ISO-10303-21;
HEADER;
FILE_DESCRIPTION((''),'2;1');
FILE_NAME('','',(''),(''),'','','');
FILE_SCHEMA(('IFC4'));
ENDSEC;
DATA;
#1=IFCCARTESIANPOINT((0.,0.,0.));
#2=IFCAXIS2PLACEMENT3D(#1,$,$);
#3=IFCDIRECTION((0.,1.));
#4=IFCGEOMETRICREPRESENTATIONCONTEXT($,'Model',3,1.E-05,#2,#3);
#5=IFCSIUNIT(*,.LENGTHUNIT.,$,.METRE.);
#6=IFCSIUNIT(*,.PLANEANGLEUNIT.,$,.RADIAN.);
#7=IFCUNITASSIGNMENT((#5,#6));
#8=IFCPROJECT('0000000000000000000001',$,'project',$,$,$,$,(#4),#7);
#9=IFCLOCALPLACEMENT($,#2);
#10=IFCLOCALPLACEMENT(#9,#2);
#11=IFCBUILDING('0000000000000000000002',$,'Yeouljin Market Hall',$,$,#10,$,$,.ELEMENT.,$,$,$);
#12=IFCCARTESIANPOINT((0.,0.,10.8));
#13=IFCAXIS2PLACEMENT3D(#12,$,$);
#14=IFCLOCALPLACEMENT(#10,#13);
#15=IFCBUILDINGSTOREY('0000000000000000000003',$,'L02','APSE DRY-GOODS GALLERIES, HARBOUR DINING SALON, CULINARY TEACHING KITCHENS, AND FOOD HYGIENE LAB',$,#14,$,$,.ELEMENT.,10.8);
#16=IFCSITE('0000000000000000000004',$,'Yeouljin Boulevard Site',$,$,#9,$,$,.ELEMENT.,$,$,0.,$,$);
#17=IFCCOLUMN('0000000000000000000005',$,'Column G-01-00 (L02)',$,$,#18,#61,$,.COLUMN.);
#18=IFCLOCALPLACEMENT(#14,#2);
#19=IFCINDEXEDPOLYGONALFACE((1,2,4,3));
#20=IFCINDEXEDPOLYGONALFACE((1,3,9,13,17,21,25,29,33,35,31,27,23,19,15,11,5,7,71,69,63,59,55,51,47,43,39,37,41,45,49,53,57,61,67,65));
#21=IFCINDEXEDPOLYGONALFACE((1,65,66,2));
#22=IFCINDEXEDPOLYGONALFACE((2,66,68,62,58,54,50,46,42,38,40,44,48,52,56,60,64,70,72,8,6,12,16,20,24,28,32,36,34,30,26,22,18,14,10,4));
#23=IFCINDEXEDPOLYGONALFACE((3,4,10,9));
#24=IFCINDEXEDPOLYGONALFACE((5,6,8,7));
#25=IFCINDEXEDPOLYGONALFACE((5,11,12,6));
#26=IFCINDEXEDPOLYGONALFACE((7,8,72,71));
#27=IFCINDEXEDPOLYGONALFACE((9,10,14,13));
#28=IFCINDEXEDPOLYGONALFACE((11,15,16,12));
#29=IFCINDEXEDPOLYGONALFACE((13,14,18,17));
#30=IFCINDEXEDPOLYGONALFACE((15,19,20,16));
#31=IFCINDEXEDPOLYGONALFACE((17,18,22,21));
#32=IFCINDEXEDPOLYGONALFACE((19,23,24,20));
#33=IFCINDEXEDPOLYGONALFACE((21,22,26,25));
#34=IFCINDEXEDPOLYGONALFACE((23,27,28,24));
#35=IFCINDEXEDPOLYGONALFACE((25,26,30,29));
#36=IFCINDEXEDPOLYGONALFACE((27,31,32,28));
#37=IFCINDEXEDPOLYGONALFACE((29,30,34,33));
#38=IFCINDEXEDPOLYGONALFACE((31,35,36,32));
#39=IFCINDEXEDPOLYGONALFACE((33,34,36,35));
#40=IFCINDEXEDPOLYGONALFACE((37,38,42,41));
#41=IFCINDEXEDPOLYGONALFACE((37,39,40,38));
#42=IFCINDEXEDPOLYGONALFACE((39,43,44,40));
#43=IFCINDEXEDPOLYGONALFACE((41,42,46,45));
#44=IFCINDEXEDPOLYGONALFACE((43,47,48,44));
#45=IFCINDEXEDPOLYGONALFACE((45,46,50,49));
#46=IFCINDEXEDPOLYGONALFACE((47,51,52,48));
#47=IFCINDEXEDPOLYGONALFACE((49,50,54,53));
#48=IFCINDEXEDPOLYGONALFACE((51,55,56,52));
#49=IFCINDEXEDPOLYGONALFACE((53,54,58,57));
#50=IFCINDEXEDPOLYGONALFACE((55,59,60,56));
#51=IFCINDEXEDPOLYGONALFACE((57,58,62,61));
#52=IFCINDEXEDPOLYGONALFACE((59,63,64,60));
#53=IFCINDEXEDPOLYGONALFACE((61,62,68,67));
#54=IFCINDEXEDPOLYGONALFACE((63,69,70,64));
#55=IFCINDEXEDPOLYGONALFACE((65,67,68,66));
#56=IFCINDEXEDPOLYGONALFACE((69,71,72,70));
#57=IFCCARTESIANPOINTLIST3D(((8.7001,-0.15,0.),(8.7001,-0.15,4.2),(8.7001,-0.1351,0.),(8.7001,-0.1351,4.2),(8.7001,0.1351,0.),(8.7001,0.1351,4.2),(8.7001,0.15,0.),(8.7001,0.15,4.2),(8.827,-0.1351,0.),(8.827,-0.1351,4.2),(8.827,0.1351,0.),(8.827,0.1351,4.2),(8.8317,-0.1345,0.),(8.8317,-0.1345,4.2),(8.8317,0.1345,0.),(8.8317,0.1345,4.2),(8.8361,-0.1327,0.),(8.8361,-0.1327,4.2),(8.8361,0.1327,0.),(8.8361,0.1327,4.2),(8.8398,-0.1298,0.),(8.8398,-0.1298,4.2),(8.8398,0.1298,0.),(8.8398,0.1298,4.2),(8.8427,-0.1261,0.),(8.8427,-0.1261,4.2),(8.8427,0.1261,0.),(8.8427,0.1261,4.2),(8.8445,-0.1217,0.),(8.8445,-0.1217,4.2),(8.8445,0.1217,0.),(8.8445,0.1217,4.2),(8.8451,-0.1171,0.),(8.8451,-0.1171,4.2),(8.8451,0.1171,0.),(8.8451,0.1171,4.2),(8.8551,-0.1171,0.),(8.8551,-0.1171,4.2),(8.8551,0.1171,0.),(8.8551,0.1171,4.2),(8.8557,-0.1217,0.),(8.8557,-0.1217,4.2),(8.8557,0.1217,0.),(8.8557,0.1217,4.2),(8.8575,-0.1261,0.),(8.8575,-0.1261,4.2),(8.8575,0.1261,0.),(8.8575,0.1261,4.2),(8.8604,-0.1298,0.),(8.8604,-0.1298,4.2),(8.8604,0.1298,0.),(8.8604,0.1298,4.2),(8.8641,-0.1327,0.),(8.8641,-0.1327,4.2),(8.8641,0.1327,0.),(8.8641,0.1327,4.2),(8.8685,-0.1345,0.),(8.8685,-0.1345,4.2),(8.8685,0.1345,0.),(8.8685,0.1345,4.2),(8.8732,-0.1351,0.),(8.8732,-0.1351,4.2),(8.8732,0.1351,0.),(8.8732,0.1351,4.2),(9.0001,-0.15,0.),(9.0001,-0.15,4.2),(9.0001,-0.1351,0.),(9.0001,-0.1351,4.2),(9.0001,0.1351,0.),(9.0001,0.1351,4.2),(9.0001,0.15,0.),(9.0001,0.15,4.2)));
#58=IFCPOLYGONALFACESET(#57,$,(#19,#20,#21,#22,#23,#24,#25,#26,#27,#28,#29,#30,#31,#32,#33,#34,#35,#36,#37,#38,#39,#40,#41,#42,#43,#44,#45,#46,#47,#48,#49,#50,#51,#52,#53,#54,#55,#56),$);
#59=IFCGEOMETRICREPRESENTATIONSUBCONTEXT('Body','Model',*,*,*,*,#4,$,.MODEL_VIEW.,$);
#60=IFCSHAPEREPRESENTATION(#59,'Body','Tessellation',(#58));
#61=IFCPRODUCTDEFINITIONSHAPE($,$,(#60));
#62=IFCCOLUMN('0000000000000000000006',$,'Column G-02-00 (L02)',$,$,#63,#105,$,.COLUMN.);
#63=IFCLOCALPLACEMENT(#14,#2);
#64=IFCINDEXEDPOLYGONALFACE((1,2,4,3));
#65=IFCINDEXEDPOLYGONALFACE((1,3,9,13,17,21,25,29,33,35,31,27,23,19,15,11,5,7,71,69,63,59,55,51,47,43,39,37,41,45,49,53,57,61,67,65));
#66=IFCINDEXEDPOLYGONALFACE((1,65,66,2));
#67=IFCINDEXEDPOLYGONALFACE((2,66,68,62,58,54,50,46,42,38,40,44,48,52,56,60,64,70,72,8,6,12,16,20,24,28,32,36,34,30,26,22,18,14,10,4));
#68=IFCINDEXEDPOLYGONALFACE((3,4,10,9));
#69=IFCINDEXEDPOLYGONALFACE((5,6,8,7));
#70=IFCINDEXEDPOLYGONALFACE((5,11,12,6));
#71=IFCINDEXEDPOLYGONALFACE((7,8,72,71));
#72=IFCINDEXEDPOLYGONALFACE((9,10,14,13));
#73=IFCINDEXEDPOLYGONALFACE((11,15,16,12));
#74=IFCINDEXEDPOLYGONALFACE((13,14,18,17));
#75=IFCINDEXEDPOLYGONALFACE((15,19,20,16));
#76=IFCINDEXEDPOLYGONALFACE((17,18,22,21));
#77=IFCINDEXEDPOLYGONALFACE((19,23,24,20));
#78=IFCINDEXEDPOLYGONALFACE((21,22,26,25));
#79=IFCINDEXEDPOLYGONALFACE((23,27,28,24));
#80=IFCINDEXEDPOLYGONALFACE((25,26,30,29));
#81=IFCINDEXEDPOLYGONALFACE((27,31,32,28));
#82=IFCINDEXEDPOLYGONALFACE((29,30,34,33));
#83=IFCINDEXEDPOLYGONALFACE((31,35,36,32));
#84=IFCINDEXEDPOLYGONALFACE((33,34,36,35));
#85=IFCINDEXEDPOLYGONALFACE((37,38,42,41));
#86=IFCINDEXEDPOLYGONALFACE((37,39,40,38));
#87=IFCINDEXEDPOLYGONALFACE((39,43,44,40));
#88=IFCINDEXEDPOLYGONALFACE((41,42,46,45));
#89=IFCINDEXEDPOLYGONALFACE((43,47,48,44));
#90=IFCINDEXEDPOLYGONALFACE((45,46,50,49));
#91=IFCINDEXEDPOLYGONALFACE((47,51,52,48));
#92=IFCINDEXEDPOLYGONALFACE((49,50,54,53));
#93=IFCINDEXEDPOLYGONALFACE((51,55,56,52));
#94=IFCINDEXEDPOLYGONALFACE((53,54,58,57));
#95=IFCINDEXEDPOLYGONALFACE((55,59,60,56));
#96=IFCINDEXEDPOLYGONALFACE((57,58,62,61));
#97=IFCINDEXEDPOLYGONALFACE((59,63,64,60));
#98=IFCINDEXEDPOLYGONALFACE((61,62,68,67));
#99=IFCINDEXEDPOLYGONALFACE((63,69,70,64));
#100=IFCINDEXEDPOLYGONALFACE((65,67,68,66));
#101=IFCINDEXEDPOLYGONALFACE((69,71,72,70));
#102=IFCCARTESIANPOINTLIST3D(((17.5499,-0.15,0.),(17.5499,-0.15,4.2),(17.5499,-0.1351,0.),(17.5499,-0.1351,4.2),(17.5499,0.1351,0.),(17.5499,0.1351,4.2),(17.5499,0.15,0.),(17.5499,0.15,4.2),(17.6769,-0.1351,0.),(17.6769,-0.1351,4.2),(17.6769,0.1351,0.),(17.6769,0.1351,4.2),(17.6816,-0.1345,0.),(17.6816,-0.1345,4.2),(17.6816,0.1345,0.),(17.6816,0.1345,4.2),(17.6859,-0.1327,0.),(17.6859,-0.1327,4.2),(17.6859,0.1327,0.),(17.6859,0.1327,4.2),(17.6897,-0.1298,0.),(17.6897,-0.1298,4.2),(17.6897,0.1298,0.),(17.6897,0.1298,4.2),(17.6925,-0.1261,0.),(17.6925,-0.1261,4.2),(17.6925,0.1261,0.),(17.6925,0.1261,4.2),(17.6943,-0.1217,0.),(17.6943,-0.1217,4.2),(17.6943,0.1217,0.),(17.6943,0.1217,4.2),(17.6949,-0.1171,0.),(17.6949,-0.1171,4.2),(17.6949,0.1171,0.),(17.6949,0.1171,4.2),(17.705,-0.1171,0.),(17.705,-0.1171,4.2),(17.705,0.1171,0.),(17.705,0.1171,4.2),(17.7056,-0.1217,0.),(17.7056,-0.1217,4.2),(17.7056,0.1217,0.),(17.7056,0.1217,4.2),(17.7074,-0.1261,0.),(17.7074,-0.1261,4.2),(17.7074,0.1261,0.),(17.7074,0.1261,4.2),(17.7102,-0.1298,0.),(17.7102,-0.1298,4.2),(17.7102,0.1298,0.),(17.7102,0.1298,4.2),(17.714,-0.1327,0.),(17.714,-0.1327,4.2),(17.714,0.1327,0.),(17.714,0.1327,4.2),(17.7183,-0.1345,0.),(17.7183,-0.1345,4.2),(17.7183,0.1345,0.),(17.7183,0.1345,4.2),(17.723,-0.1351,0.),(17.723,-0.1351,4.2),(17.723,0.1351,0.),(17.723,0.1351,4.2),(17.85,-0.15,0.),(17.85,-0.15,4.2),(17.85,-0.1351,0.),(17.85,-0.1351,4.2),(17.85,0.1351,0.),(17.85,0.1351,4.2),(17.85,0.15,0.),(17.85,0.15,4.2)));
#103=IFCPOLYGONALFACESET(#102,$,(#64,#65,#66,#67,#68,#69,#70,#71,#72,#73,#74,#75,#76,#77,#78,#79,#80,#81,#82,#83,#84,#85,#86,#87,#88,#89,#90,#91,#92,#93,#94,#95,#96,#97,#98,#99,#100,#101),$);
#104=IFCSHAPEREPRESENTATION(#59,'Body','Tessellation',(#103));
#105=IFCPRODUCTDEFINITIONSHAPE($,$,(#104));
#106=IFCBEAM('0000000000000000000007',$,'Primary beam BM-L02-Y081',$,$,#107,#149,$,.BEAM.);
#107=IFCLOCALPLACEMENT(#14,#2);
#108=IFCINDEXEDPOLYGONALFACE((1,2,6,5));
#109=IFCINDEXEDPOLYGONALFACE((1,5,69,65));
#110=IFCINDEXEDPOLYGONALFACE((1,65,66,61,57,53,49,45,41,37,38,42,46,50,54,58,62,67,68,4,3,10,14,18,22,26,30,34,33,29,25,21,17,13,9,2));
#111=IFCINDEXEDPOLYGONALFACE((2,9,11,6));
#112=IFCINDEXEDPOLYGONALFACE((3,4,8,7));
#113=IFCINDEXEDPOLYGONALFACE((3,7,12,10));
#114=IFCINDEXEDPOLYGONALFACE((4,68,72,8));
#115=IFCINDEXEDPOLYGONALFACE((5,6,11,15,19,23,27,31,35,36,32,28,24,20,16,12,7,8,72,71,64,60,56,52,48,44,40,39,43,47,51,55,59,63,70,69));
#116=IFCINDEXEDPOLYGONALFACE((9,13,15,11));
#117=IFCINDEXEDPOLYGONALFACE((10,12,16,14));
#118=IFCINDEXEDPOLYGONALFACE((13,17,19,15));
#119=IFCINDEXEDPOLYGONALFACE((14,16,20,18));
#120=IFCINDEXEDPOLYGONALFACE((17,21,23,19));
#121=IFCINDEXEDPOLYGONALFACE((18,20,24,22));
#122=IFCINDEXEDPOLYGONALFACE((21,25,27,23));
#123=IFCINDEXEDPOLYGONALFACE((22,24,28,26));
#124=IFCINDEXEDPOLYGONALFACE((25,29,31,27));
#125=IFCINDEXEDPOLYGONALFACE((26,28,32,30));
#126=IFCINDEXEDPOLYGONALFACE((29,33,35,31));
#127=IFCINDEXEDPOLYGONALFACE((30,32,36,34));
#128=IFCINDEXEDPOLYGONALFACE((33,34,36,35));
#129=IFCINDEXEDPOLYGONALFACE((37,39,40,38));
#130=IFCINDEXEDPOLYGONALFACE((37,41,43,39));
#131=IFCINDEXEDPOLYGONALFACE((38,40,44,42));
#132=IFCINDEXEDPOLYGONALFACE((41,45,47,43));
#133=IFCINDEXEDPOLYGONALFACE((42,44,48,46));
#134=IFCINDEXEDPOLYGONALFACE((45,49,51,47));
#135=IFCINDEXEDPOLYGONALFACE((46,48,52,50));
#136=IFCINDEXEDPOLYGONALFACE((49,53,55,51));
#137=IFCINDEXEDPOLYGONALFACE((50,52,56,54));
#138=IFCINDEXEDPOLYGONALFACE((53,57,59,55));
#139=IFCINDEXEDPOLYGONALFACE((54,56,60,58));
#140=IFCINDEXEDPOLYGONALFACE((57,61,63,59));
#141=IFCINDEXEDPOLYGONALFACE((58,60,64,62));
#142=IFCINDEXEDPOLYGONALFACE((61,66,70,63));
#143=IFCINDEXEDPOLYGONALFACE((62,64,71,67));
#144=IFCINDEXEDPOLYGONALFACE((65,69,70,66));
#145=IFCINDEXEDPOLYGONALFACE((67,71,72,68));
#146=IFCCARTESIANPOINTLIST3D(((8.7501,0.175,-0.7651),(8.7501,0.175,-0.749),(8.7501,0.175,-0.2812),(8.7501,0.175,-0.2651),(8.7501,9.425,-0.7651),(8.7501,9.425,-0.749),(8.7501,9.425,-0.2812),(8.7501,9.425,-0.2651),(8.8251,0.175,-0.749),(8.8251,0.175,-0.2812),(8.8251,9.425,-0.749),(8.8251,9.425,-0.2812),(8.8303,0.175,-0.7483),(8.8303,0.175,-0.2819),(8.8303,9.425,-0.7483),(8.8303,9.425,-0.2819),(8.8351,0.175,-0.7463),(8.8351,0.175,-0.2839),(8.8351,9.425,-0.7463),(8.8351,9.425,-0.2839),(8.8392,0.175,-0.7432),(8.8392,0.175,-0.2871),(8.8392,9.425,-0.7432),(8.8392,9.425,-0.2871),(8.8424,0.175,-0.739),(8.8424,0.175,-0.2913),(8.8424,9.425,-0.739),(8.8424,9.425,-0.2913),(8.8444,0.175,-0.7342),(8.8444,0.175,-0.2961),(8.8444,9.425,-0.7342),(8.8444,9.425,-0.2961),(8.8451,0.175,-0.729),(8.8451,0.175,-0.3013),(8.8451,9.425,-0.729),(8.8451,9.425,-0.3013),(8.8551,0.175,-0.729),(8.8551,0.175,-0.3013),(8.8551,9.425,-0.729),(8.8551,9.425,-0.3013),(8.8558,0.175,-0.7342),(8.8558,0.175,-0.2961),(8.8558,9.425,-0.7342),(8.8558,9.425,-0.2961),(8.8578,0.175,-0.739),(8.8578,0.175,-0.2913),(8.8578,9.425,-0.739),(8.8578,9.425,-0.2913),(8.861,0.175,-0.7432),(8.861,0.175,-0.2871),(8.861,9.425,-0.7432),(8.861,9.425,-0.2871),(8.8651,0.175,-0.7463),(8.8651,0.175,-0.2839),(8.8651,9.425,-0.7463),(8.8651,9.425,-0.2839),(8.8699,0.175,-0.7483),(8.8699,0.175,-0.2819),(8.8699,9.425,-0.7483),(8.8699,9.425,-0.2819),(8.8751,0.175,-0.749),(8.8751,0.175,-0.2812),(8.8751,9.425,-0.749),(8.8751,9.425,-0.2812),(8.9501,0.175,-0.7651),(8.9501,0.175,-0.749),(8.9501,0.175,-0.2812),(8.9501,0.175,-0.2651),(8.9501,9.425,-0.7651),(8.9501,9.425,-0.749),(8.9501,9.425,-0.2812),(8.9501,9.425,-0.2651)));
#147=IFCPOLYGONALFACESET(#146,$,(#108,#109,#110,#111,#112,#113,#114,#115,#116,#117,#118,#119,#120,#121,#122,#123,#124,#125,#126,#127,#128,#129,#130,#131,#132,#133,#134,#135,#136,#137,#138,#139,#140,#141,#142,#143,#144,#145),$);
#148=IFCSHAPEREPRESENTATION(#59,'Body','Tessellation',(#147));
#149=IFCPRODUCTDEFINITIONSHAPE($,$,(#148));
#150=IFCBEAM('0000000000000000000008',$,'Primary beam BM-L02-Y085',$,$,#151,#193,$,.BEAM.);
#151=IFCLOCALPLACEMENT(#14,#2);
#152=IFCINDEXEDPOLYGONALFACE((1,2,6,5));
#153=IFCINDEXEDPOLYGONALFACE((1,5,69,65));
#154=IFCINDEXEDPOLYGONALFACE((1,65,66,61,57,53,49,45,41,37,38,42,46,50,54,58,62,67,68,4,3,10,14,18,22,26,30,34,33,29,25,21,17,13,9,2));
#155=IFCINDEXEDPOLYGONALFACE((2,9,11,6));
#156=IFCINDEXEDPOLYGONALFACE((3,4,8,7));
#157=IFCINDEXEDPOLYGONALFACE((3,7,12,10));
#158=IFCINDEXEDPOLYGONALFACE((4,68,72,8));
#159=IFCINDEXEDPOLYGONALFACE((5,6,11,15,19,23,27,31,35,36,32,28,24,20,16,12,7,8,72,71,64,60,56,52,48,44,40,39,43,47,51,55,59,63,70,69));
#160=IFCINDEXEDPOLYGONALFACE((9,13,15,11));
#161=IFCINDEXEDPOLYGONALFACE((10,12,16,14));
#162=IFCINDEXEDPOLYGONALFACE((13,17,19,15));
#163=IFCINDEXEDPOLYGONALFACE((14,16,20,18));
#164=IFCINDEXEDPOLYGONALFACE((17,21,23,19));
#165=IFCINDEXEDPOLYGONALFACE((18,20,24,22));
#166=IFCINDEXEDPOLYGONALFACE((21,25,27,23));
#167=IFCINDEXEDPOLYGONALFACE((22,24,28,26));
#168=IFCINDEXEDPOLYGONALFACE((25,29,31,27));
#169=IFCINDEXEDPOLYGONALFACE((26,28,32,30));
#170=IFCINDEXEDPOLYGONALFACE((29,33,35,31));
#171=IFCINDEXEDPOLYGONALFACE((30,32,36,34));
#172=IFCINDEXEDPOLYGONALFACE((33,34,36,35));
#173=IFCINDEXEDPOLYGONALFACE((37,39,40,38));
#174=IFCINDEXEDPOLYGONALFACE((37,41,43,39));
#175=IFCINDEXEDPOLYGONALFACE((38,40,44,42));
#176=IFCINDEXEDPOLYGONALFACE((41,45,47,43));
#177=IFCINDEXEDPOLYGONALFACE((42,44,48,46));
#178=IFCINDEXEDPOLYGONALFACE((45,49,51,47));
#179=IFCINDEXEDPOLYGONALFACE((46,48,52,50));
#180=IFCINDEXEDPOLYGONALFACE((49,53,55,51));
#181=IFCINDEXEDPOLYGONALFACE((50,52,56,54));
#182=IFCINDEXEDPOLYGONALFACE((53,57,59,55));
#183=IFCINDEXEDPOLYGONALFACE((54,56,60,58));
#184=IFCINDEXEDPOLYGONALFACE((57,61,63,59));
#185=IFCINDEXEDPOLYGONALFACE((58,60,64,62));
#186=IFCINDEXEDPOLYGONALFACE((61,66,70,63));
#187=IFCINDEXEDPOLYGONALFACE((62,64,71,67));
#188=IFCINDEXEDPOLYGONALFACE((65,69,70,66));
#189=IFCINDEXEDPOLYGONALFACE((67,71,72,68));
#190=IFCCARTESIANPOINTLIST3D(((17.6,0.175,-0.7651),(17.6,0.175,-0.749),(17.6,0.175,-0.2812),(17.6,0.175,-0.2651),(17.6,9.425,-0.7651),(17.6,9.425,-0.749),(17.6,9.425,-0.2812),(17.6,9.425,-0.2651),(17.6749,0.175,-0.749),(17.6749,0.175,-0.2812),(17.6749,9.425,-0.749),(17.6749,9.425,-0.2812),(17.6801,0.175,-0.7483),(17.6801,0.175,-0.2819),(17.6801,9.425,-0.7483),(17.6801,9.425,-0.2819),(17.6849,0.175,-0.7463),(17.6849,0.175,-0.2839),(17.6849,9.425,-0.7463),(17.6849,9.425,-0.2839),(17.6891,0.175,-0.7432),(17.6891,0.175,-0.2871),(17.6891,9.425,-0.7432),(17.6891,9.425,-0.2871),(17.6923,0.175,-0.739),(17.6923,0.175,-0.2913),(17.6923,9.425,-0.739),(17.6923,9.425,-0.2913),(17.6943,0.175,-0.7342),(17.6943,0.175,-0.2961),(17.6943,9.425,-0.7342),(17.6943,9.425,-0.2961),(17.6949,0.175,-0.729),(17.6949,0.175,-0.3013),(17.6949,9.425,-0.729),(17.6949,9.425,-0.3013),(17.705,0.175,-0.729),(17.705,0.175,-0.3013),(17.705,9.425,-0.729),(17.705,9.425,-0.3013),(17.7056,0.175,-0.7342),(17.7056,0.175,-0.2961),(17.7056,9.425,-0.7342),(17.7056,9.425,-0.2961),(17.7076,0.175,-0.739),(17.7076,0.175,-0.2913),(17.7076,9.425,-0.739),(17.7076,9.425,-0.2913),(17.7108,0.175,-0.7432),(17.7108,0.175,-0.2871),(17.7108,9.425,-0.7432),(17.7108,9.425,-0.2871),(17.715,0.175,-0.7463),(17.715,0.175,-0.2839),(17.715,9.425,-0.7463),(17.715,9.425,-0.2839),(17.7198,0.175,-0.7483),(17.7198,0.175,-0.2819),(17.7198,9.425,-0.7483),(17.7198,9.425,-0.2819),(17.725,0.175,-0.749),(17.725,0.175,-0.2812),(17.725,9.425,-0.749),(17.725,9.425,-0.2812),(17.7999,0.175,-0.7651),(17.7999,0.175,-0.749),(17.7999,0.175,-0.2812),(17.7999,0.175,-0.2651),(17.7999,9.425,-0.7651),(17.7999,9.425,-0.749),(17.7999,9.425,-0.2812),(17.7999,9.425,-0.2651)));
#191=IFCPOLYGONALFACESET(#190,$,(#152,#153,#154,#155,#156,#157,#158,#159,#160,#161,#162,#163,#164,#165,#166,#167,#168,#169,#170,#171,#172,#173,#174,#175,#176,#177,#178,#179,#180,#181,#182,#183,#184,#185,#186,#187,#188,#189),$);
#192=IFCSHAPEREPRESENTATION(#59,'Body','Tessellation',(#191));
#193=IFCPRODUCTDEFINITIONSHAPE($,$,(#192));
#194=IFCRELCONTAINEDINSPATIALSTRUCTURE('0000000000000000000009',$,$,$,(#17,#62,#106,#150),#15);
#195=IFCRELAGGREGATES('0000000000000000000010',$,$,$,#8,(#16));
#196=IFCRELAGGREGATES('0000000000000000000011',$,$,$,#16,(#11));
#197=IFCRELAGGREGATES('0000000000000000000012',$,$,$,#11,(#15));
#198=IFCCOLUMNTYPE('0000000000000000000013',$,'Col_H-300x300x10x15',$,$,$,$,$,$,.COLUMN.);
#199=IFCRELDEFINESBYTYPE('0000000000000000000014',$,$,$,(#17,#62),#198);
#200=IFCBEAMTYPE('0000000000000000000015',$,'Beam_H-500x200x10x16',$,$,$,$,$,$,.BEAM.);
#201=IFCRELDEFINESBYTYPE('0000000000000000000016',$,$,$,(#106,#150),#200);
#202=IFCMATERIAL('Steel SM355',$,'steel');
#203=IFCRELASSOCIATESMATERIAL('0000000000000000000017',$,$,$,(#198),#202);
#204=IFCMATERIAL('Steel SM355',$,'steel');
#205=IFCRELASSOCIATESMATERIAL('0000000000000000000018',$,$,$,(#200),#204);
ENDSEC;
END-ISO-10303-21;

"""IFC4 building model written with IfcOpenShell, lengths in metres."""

from ifc_helpers import new_model, si_unit, direction, frame, origin, origin_2d, place, context, subcontext, project, spatial, i_section, extrude, material, material_profile, profile_set, type_object, element, save


model = new_model("IFC4")

# Units and contexts
model_context = context("Model", 3, precision=1e-05, world=origin(), true_north=direction((0.0, 1.0)))
body_context = subcontext(model_context, "Body", "Model", "MODEL_VIEW")
ifc_project = project(units=[si_unit("LENGTHUNIT", "METRE"), si_unit("PLANEANGLEUNIT", "RADIAN")], contexts=[model_context])

# Site, building, storey
site_placement = place(None, origin())
site = spatial("IfcSite", under=ifc_project, at=site_placement, Name="Yeouljin Boulevard Site", CompositionType="ELEMENT", RefElevation=0.0)
building_placement = place(site_placement, origin())
building = spatial("IfcBuilding", under=site, at=building_placement, Name="Yeouljin Market Hall", CompositionType="ELEMENT")
storey_placement = place(building_placement, frame((0.0, 0.0, 10.8)))
storey = spatial("IfcBuildingStorey", under=building, at=storey_placement, Name="L02", Description="APSE DRY-GOODS GALLERIES, HARBOUR DINING SALON, CULINARY TEACHING KITCHENS, AND FOOD HYGIENE LAB", CompositionType="ELEMENT", Elevation=10.8)

# Columns
ifc_material_1 = material(Name="Steel SM355", Category="steel")
ifc_material_profile_1 = material_profile(ifc_material_1, i_section(OverallWidth=0.3, OverallDepth=0.3, WebThickness=0.01, FlangeThickness=0.0149, FilletRadius=0.0181, at=origin_2d()), Name="H-300x300x10x15")
ifc_profile_set_1 = profile_set([ifc_material_profile_1], Name="Steel SM355")
column_type = type_object("IfcColumnType", Name="Col_H-300x300x10x15", PredefinedType="COLUMN", material=ifc_profile_set_1)
for number, where, z_axis, x_axis, name in (
    (1, (8.8501, 0.0, 0.0), (0.0, 0.0, 1.0), (1.0, 0.0, 0.0), "Column G-01-00 (L02)"),
    (2, (17.7, 0.0, 0.0), (0.0, 0.0, 1.0), (1.0, 0.0, 0.0), "Column G-02-00 (L02)"),
):
    element("IfcColumn", number, at=place(storey_placement, frame(where, z_axis=z_axis, x_axis=x_axis)), inside=storey, type_object=column_type, Name=name, PredefinedType="COLUMN", context=body_context, shape_type="SweptSolid", body=[
        extrude(i_section(OverallWidth=0.3, OverallDepth=0.3, WebThickness=0.01, FlangeThickness=0.0149, FilletRadius=0.0181, at=origin_2d()), origin(), (0.0, 0.0, 1.0), 4.2),
    ])

# Beams
ifc_material_2 = material(Name="Steel SM355", Category="steel")
ifc_material_profile_2 = material_profile(ifc_material_2, i_section(OverallWidth=0.2, OverallDepth=0.5, WebThickness=0.01, FlangeThickness=0.0161, FilletRadius=0.02, at=origin_2d()), Name="H-500x200x10x16")
ifc_profile_set_2 = profile_set([ifc_material_profile_2], Name="Steel SM355")
beam_type_1 = type_object("IfcBeamType", Name="Beam_H-500x200x10x16", PredefinedType="BEAM", material=ifc_profile_set_2)
for number, where, z_axis, x_axis, name in (
    (3, (8.8501, 0.175, -0.5151), (0.0, 1.0, 0.0), (-1.0, 0.0, 0.0), "Primary beam BM-L02-Y081"),
    (4, (17.7, 0.175, -0.5151), (0.0, 1.0, 0.0), (-1.0, 0.0, 0.0), "Primary beam BM-L02-Y085"),
):
    element("IfcBeam", number, at=place(storey_placement, frame(where, z_axis=z_axis, x_axis=x_axis)), inside=storey, type_object=beam_type_1, Name=name, PredefinedType="BEAM", context=body_context, shape_type="SweptSolid", body=[
        extrude(i_section(OverallWidth=0.2, OverallDepth=0.5, WebThickness=0.01, FlangeThickness=0.0161, FilletRadius=0.02, at=origin_2d()), origin(), (0.0, 0.0, 1.0), 9.25),
    ])

save(model, "model.ifc")
